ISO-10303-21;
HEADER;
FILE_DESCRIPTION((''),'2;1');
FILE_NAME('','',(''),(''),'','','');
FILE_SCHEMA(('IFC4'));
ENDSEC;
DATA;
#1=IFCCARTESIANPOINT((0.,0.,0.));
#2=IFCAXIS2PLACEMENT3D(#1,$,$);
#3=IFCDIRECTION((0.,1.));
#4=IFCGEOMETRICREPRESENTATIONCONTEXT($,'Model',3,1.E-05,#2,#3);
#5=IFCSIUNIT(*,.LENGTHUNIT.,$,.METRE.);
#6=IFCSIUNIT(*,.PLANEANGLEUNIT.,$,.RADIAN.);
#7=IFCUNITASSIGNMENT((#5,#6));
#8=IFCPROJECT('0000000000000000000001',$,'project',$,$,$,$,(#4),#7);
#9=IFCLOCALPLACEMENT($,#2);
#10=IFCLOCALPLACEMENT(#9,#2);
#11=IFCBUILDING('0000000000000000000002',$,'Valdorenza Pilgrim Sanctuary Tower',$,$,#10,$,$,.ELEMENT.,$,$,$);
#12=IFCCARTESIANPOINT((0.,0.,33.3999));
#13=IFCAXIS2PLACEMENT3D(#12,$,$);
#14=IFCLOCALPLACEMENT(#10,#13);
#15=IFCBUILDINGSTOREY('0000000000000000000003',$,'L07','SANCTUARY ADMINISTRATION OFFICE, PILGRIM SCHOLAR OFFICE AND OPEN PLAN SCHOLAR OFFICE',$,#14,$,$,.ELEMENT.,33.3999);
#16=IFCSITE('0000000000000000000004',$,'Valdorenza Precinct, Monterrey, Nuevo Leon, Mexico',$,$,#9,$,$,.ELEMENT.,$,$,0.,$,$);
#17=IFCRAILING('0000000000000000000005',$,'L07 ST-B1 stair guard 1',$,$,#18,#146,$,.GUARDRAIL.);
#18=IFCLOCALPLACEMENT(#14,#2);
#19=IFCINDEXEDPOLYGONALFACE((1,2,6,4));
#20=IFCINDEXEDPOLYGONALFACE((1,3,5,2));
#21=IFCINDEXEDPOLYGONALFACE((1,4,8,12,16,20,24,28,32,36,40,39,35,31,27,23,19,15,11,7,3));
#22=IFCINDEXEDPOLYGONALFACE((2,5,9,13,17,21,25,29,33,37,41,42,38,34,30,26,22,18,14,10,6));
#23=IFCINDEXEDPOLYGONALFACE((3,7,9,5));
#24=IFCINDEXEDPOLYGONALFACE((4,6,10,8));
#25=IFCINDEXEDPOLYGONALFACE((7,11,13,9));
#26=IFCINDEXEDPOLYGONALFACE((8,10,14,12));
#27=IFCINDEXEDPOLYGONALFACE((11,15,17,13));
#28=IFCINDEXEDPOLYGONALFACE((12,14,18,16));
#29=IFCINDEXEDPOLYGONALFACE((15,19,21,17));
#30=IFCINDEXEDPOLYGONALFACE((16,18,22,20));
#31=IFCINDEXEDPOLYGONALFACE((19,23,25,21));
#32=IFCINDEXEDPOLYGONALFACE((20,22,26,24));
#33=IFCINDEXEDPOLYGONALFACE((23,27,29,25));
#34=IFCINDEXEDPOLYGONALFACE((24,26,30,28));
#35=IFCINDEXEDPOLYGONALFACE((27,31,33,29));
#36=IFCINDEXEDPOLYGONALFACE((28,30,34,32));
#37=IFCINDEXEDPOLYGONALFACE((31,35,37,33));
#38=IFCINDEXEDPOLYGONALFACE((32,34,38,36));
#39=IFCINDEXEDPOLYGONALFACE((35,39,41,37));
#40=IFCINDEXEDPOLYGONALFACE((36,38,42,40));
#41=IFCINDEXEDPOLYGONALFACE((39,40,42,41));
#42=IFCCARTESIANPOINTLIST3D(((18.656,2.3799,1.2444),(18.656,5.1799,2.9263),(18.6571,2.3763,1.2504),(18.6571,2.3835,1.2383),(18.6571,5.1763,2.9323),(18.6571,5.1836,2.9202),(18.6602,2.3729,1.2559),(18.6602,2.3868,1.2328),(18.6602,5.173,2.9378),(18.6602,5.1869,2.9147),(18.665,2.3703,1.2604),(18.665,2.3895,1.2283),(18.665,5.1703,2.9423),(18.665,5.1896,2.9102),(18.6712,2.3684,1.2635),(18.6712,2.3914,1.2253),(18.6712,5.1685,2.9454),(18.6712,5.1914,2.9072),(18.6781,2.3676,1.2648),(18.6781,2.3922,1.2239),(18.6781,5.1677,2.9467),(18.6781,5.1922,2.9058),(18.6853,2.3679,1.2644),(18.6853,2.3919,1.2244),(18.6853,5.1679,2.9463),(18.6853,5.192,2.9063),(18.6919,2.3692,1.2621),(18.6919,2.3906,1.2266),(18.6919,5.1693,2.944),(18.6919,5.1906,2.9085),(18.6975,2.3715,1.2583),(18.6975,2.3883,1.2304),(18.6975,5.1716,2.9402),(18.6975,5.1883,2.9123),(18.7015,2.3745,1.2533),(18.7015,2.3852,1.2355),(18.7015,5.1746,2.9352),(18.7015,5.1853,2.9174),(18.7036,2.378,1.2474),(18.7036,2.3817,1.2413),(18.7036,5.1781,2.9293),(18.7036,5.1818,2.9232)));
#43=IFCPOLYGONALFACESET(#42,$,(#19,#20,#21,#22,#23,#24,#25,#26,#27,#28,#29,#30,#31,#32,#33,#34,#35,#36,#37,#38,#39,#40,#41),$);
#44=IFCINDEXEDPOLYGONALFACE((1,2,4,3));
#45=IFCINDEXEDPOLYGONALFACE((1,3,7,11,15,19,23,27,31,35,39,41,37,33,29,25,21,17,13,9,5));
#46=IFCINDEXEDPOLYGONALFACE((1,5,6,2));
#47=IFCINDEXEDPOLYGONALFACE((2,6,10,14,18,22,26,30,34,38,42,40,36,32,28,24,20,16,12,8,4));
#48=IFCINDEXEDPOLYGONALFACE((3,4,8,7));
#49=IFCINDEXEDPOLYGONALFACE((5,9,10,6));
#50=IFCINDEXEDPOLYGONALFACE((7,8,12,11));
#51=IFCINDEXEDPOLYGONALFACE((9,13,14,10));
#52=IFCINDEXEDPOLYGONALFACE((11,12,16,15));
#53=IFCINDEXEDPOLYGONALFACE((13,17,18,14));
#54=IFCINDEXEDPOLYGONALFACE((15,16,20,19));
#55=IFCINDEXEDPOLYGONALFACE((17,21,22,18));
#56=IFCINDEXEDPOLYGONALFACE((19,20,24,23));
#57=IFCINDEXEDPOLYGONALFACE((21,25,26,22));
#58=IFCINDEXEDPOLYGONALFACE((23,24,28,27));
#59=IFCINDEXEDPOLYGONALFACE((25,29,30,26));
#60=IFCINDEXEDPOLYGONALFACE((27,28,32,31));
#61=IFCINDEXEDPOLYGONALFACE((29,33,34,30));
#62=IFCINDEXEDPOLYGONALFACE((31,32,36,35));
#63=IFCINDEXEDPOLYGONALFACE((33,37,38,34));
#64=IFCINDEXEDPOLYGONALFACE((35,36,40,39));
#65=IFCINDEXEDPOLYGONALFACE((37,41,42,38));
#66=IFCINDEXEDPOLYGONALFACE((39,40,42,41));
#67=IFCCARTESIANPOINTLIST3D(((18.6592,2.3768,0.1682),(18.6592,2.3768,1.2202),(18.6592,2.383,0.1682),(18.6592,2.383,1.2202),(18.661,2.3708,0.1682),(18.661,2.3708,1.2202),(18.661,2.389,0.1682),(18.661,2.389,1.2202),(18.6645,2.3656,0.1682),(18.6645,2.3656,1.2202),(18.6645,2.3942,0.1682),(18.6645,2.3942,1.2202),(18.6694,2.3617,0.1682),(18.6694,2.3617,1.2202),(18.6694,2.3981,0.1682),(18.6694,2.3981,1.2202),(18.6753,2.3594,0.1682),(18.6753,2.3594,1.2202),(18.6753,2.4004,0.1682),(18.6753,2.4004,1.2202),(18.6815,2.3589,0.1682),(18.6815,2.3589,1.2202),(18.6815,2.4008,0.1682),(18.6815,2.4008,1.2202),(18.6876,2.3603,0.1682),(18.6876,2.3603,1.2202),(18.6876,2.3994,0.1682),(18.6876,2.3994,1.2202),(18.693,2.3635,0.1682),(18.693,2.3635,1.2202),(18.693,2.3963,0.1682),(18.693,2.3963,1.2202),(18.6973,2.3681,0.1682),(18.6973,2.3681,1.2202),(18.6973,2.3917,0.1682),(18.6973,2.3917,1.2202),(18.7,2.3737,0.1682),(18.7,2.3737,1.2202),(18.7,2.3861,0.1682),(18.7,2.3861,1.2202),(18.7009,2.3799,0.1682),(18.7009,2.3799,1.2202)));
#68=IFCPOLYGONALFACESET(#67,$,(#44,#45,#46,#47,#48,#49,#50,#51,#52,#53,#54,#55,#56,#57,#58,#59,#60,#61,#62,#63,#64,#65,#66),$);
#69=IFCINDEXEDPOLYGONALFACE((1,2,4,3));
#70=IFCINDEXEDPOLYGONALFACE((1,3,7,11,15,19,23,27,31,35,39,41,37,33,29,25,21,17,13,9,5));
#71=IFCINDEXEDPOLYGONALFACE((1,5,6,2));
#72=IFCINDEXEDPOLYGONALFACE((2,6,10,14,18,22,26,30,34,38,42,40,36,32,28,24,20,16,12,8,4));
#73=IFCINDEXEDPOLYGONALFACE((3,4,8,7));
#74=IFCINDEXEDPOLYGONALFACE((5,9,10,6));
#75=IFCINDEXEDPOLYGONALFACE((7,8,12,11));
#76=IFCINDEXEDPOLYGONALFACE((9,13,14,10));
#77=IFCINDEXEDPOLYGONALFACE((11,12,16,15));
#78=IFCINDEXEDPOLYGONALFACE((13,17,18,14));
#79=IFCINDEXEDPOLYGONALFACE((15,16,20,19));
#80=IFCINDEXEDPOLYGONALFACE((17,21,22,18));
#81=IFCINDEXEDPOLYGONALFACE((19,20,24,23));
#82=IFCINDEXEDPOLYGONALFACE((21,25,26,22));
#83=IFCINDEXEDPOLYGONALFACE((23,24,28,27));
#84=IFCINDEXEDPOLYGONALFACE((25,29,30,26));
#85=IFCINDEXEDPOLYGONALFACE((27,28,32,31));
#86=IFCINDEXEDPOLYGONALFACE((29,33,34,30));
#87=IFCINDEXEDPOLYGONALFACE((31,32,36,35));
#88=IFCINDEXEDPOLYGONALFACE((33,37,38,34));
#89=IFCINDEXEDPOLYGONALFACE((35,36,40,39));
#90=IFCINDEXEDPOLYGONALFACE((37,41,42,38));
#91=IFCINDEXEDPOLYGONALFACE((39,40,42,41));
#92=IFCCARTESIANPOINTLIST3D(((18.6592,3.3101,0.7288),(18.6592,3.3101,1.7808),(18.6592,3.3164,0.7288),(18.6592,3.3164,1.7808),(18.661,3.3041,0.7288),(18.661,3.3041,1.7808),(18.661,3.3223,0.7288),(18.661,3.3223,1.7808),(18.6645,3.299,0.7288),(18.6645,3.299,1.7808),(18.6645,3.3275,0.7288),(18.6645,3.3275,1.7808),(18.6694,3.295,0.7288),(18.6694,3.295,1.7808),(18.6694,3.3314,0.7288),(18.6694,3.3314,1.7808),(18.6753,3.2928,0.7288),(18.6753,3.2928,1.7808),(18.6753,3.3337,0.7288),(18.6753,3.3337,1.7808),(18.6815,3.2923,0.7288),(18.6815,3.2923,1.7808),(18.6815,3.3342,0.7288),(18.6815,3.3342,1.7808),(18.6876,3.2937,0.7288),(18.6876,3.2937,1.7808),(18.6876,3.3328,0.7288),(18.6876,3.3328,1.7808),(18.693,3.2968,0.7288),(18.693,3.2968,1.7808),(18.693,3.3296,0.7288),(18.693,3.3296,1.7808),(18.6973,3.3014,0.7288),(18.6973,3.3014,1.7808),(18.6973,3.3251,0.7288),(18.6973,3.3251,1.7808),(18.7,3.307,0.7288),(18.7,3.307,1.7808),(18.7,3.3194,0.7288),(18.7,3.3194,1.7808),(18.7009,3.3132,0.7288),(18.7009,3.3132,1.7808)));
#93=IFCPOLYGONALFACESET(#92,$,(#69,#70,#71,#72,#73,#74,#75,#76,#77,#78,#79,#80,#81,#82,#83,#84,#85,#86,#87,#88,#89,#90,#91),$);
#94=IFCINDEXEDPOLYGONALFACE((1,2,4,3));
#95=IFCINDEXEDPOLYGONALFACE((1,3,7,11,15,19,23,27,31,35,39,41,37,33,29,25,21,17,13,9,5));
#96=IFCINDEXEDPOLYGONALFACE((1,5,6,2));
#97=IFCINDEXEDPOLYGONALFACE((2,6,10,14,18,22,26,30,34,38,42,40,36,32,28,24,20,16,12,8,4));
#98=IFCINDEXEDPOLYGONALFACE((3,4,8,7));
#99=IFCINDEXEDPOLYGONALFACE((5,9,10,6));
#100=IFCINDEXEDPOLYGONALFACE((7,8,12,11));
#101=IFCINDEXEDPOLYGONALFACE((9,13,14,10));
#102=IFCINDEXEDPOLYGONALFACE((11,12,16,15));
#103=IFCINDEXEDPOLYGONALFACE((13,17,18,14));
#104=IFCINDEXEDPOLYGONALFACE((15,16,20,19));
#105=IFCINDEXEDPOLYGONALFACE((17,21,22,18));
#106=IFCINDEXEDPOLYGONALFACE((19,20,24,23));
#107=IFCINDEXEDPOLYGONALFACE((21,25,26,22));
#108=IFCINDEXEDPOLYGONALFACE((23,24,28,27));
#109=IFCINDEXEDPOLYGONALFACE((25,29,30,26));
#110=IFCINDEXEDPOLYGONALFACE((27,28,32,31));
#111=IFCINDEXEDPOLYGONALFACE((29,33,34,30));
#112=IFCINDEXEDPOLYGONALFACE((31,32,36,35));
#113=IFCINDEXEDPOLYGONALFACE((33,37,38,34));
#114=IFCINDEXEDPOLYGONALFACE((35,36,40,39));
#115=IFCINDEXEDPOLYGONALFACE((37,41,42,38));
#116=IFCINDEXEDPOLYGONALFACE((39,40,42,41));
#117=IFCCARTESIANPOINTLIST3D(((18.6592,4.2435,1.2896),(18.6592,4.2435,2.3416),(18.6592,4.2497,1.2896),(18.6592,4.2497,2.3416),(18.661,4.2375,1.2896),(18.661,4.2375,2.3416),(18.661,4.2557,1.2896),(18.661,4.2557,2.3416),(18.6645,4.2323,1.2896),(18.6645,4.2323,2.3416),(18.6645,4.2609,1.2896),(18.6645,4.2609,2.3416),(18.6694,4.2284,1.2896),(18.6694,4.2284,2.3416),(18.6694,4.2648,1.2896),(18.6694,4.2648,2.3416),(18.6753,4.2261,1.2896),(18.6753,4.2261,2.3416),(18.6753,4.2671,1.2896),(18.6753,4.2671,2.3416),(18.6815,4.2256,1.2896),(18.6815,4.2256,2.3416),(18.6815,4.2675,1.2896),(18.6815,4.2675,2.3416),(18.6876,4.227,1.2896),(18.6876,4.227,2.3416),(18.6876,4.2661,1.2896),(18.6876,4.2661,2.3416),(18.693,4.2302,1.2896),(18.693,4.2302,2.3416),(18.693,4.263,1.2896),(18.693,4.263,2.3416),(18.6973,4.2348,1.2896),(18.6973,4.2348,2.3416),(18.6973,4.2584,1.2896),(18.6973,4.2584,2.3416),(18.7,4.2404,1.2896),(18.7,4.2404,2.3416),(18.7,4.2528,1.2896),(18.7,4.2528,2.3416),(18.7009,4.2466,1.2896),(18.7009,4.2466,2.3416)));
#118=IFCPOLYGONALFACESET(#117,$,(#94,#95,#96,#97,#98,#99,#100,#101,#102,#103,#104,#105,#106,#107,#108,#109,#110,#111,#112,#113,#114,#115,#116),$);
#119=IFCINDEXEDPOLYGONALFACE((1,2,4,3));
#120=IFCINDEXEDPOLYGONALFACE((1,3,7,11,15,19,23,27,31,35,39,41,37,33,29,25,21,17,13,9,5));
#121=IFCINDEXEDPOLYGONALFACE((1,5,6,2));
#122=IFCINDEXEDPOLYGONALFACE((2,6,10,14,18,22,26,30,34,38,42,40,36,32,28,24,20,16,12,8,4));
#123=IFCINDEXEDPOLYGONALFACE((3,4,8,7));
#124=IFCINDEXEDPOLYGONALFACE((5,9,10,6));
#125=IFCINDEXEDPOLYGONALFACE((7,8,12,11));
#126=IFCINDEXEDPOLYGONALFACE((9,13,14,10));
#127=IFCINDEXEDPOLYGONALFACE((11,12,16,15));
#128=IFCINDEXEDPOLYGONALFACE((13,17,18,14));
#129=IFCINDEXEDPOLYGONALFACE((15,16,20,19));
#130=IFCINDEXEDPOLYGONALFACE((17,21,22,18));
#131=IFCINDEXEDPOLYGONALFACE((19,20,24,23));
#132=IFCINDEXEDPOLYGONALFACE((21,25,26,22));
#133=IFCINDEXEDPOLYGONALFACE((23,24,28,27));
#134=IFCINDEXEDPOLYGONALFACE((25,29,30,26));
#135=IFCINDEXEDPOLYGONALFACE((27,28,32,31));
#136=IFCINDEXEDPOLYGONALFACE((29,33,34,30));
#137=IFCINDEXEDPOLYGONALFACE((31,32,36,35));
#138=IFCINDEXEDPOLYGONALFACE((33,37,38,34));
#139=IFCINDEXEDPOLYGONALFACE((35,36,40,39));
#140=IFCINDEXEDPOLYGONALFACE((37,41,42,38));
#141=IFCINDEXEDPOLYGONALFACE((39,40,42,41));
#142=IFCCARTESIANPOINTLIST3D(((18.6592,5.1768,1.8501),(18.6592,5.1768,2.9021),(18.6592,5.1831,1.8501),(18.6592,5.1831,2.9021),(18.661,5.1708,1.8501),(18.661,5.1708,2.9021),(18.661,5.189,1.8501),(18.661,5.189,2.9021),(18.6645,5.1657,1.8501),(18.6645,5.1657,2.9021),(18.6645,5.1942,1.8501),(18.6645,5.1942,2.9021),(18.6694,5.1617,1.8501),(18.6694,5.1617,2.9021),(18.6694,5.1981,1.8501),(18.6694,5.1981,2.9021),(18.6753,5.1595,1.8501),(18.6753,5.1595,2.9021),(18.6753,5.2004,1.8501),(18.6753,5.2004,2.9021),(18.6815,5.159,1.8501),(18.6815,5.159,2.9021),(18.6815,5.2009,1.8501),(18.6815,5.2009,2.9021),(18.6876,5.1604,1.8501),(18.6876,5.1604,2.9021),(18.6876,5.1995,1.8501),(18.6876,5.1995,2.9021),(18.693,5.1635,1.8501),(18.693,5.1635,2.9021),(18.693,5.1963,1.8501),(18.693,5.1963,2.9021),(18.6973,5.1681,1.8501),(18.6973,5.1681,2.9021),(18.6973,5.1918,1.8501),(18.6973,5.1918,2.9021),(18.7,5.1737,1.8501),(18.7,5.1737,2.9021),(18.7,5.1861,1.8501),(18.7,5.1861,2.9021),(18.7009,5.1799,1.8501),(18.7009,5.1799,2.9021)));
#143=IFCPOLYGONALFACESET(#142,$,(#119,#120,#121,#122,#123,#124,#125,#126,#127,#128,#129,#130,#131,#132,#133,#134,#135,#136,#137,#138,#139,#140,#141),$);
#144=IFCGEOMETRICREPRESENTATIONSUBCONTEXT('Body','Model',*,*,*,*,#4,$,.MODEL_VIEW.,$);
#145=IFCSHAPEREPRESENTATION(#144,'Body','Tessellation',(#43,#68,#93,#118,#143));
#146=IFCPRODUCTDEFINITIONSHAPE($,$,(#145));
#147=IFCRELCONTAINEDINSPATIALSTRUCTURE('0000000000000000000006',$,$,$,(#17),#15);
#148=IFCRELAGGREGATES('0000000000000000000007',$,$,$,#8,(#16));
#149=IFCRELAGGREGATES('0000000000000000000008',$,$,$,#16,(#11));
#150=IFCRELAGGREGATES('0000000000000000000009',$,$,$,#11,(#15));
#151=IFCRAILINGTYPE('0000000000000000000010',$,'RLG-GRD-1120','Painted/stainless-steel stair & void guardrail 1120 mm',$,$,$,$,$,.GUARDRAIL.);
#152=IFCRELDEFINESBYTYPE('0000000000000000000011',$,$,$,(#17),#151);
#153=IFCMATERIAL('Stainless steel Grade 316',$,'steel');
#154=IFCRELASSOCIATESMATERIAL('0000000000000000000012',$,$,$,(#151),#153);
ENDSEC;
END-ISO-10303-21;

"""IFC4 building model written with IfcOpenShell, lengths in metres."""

from ifc_helpers import new_model, si_unit, direction, frame, origin, origin_2d, place, context, subcontext, project, spatial, circle, extrude, material, type_object, element, save


model = new_model("IFC4")

# Units and contexts
model_context = context("Model", 3, precision=1e-05, world=origin(), true_north=direction((0.0, 1.0)))
body_context = subcontext(model_context, "Body", "Model", "MODEL_VIEW")
ifc_project = project(units=[si_unit("LENGTHUNIT", "METRE"), si_unit("PLANEANGLEUNIT", "RADIAN")], contexts=[model_context])

# Site, building, storey
site_placement = place(None, origin())
site = spatial("IfcSite", under=ifc_project, at=site_placement, Name="Valdorenza Precinct, Monterrey, Nuevo Leon, Mexico", CompositionType="ELEMENT", RefElevation=0.0)
building_placement = place(site_placement, origin())
building = spatial("IfcBuilding", under=site, at=building_placement, Name="Valdorenza Pilgrim Sanctuary Tower", CompositionType="ELEMENT")
storey_placement = place(building_placement, frame((0.0, 0.0, 33.3999)))
storey = spatial("IfcBuildingStorey", under=building, at=storey_placement, Name="L07", Description="SANCTUARY ADMINISTRATION OFFICE, PILGRIM SCHOLAR OFFICE AND OPEN PLAN SCHOLAR OFFICE", CompositionType="ELEMENT", Elevation=33.3999)

# Railing
ifc_material_1 = material(Name="Stainless steel Grade 316", Category="steel")
railing_type_1 = type_object("IfcRailingType", Name="RLG-GRD-1120", Description="Painted/stainless-steel stair & void guardrail 1120 mm", PredefinedType="GUARDRAIL", material=ifc_material_1)
railing_1_placement = place(storey_placement, frame((18.6799, 2.3799, 0.1682)))
element("IfcRailing", 1, at=railing_1_placement, inside=storey, type_object=railing_type_1, Name="L07 ST-B1 stair guard 1", PredefinedType="GUARDRAIL", context=body_context, shape_type="SweptSolid", body=[
    extrude(circle(Radius=0.0239, at=origin_2d()), frame((0.0, 0.0, 1.0762), z_axis=(0.0, 0.857242, 0.514913), x_axis=(-1.0, 0.0, 0.0)), (0.0, 0.0, 1.0), 3.2664),
    extrude(circle(Radius=0.021, at=origin_2d()), origin(), (0.0, 0.0, 1.0), 1.052),
    extrude(circle(Radius=0.021, at=origin_2d()), frame((0.0, 0.9333, 0.5605)), (0.0, 0.0, 1.0), 1.052),
    extrude(circle(Radius=0.021, at=origin_2d()), frame((0.0, 1.8667, 1.1213)), (0.0, 0.0, 1.0), 1.052),
    extrude(circle(Radius=0.021, at=origin_2d()), frame((0.0, 2.8, 1.6819)), (0.0, 0.0, 1.0), 1.052),
])

save(model, "model.ifc")
